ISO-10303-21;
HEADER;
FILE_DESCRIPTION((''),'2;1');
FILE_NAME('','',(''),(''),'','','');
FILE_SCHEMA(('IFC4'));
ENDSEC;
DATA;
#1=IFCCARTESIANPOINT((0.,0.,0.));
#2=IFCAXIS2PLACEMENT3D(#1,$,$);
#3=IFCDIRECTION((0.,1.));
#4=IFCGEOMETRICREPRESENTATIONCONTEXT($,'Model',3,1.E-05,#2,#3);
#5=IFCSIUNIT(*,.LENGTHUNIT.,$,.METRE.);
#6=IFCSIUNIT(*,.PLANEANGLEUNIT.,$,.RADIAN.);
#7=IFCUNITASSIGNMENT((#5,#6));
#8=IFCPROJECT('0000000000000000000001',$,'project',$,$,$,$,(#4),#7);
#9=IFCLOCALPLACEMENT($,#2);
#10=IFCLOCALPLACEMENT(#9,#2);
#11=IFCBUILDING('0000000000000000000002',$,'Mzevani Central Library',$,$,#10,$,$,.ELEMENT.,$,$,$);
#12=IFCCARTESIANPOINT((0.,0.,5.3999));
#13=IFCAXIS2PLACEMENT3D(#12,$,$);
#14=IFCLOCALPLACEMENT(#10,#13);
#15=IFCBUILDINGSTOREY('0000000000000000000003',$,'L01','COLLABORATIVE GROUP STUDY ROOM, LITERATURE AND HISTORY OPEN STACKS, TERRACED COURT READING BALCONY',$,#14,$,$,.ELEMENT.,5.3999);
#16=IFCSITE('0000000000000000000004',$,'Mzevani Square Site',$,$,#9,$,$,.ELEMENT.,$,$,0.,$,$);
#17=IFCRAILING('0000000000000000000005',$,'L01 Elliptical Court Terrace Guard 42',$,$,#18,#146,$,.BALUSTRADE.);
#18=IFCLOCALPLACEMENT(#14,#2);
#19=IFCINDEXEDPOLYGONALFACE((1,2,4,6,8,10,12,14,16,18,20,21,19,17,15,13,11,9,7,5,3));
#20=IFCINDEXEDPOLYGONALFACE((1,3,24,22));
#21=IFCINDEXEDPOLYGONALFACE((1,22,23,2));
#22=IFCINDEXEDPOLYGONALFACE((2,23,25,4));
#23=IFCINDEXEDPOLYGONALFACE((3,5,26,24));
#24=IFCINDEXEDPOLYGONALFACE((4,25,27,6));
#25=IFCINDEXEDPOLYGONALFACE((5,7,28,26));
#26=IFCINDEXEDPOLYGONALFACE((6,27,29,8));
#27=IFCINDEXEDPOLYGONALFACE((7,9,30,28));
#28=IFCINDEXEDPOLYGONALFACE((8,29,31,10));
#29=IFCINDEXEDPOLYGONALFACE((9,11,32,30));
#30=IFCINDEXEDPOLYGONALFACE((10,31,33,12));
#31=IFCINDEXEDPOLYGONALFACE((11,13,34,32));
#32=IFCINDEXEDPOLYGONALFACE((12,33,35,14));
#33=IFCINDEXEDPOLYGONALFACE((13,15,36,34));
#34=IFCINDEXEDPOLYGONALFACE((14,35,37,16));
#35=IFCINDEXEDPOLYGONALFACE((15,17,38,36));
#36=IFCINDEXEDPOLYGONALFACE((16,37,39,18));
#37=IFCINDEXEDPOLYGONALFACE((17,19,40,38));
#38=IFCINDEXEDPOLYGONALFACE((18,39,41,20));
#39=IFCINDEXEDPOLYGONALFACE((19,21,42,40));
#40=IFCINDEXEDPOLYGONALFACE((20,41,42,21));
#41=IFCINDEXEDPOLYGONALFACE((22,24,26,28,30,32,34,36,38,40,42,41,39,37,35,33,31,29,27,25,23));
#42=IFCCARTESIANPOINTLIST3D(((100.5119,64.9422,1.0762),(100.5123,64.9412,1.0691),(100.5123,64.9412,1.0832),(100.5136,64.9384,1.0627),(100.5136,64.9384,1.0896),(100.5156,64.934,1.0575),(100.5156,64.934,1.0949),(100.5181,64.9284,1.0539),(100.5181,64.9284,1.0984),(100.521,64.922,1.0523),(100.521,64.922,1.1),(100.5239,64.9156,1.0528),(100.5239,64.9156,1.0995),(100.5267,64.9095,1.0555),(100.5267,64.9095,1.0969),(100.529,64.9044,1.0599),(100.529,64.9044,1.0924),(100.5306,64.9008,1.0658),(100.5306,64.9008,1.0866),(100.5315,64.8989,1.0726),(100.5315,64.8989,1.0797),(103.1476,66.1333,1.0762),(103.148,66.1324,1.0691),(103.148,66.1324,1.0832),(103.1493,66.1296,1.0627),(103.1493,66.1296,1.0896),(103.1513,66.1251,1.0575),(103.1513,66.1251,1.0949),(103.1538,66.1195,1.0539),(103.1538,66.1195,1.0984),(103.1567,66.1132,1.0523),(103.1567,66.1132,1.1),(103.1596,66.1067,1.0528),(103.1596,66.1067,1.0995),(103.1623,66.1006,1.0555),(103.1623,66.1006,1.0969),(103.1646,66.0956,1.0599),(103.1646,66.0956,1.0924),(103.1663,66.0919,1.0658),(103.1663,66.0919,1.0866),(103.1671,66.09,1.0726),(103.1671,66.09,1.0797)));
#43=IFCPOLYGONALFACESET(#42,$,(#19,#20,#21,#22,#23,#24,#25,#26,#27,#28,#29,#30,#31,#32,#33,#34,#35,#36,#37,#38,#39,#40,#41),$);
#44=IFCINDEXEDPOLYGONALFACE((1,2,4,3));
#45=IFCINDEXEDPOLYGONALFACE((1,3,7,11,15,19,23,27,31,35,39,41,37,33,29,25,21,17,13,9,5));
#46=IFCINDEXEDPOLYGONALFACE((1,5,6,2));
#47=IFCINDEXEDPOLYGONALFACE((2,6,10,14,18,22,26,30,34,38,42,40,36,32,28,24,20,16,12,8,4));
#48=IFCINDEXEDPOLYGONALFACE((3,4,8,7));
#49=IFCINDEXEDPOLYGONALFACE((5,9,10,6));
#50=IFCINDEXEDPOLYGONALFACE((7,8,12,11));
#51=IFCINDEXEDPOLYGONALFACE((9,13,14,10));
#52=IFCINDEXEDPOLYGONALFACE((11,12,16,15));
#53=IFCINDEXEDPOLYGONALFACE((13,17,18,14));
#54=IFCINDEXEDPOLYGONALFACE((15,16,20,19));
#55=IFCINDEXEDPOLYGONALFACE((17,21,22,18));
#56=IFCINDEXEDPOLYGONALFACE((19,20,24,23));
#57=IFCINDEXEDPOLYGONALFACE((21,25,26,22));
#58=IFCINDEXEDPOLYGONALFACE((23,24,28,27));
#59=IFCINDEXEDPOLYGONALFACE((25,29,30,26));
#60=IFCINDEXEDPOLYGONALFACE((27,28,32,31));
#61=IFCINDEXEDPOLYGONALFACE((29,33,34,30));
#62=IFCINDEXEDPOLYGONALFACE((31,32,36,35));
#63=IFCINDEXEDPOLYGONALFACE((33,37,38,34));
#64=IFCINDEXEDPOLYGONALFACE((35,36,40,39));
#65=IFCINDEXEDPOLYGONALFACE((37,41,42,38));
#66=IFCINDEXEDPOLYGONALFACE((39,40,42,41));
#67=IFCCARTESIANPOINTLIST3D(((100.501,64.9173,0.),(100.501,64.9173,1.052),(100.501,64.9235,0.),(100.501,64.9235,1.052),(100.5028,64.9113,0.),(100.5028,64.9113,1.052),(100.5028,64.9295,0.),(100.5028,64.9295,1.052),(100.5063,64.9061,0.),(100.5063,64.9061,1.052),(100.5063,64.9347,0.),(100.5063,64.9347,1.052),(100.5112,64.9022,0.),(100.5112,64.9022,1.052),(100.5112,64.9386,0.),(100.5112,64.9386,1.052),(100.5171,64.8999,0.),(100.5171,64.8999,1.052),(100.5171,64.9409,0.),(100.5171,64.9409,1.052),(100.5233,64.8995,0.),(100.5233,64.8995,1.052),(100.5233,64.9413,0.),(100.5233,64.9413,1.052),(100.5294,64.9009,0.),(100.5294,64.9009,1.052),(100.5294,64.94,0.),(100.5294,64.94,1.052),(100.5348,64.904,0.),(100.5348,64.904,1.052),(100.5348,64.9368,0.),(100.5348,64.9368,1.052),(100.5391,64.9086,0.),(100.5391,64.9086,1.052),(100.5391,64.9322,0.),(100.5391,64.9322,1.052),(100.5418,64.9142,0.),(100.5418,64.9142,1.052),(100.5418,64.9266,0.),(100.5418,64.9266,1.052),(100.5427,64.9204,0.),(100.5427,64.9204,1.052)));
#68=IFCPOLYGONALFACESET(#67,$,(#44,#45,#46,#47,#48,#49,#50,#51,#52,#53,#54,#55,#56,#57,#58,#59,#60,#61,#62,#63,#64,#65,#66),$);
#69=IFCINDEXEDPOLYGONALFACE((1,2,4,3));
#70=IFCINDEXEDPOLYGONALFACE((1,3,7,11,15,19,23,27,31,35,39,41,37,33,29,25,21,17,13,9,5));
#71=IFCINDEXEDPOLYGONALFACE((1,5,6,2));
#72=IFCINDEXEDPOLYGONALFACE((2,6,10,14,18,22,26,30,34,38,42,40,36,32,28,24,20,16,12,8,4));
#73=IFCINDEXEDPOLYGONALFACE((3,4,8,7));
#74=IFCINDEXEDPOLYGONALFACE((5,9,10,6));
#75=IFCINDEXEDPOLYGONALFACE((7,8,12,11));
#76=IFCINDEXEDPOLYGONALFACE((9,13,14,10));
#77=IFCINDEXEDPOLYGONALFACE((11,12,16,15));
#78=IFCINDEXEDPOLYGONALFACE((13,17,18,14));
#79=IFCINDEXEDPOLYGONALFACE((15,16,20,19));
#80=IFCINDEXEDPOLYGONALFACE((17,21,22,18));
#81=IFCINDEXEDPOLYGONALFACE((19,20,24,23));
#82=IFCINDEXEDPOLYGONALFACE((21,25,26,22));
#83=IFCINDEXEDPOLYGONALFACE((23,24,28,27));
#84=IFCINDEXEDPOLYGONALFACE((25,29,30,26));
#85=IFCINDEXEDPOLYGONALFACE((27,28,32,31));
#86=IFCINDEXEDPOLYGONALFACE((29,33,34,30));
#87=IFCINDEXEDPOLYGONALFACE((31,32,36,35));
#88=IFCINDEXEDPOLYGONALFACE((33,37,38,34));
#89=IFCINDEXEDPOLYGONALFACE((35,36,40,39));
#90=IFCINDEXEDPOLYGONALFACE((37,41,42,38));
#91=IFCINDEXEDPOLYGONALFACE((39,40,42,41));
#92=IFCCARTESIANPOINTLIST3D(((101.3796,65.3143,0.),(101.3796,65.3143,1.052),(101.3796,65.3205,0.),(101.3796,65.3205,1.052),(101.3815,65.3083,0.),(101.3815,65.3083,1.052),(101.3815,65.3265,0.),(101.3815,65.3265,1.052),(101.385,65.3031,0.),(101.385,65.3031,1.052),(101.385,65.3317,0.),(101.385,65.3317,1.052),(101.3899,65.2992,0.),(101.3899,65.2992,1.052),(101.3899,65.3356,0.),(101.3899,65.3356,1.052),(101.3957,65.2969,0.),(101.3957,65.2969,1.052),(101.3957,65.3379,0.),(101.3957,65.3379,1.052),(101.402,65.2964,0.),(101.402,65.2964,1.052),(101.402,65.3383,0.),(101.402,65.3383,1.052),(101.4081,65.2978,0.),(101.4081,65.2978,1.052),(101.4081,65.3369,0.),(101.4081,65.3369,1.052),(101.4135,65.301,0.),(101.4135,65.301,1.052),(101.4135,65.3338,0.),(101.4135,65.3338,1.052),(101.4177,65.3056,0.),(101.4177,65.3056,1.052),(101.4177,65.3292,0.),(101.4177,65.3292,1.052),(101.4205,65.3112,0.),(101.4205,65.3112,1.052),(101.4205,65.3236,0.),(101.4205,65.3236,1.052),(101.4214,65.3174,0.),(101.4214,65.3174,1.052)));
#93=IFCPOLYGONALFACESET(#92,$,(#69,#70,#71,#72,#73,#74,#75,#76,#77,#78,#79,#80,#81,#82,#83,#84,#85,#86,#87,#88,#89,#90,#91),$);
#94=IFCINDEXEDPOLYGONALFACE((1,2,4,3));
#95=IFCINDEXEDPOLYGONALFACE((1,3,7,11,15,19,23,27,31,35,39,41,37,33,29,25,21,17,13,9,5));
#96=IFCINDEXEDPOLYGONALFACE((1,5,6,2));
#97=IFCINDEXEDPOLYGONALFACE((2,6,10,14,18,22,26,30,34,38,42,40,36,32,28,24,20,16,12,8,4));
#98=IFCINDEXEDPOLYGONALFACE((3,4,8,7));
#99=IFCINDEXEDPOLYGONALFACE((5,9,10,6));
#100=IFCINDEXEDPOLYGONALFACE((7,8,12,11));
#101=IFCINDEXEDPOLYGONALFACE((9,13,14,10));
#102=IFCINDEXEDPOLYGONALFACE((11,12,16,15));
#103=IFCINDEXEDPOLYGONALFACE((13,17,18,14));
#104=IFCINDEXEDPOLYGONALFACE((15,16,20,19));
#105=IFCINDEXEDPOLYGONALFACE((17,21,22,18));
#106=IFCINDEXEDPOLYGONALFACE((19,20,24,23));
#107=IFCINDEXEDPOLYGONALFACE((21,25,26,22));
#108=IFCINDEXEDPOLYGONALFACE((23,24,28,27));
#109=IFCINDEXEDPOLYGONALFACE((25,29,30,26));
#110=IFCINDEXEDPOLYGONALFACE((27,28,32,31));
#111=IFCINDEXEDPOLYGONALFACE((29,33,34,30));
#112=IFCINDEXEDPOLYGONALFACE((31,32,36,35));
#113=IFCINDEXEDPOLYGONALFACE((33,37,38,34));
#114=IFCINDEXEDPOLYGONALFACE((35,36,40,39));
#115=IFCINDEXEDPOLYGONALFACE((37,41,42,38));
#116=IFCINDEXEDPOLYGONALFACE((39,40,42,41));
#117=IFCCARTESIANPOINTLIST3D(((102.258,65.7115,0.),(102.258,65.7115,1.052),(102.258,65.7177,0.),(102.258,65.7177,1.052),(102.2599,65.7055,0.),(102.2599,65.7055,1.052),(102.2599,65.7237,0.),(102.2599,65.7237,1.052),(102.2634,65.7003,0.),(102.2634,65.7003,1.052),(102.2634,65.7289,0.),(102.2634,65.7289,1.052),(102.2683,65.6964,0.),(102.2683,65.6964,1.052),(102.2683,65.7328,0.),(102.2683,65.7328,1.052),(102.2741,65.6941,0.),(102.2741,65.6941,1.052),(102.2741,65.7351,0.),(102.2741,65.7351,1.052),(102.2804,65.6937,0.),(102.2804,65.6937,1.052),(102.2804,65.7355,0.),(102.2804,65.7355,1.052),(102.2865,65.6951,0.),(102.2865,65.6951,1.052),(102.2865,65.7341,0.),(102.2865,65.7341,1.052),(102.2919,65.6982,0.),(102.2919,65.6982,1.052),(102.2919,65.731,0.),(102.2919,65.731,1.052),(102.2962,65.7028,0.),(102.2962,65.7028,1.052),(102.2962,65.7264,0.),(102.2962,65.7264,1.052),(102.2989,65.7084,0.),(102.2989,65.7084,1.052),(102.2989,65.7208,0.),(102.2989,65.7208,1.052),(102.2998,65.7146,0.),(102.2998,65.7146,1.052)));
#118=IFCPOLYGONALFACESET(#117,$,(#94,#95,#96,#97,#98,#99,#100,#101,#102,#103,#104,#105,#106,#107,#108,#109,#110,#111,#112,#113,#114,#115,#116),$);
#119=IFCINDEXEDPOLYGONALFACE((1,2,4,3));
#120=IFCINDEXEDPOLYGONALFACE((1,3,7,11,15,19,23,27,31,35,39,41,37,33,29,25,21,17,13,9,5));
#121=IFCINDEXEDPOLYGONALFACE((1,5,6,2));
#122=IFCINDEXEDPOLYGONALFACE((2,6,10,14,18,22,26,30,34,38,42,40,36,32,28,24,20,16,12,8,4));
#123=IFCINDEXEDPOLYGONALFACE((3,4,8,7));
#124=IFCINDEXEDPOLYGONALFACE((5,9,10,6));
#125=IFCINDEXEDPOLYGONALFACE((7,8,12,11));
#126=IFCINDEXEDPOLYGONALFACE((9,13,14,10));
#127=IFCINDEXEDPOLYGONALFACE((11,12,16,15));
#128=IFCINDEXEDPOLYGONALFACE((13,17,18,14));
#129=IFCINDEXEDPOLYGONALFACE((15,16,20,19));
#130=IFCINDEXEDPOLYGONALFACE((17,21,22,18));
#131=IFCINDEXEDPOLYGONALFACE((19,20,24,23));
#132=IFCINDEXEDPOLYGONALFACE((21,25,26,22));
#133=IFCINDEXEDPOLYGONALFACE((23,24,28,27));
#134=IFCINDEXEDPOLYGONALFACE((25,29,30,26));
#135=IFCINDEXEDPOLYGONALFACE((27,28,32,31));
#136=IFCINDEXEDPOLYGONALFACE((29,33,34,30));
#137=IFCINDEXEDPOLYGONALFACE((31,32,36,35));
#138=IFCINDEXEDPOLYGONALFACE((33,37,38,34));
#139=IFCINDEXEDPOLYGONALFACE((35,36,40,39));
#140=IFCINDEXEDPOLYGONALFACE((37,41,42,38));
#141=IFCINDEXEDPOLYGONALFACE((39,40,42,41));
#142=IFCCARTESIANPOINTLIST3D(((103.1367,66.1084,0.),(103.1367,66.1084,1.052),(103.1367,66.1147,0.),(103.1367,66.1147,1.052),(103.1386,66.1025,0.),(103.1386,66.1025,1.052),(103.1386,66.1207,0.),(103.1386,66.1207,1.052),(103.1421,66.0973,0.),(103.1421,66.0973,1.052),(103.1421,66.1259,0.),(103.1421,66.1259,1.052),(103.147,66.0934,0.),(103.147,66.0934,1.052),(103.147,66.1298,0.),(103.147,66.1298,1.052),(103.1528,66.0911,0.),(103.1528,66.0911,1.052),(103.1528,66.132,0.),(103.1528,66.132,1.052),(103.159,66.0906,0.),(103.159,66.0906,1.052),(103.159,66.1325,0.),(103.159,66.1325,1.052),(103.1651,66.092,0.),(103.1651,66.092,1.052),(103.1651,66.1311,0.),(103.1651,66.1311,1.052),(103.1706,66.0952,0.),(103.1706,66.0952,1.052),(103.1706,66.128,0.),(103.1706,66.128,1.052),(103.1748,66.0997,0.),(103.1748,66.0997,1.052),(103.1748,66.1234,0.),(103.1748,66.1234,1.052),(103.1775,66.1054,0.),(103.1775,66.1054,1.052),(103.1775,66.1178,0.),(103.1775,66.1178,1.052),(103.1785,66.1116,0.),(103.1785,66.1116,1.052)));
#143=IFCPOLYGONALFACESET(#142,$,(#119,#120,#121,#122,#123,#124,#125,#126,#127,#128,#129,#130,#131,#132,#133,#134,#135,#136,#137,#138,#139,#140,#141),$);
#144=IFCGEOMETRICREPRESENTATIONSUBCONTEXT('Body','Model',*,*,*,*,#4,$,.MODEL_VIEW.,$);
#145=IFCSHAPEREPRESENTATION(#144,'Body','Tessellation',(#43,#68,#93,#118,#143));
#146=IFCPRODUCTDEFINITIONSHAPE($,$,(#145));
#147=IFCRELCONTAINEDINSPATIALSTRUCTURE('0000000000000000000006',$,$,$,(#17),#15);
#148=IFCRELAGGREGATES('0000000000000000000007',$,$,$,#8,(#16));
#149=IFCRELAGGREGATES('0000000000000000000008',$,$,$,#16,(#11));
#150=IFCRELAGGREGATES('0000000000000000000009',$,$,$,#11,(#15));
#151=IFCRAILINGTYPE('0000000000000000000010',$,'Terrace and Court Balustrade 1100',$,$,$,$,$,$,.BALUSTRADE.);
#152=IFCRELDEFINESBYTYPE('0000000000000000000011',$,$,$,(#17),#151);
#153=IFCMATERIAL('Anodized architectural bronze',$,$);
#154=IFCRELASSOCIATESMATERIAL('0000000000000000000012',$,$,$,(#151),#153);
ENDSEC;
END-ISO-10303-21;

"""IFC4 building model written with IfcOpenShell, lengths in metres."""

from ifc_helpers import new_model, si_unit, direction, frame, origin, origin_2d, place, context, subcontext, project, spatial, circle, extrude, material, type_object, element, save


model = new_model("IFC4")

# Units and contexts
model_context = context("Model", 3, precision=1e-05, world=origin(), true_north=direction((0.0, 1.0)))
body_context = subcontext(model_context, "Body", "Model", "MODEL_VIEW")
ifc_project = project(units=[si_unit("LENGTHUNIT", "METRE"), si_unit("PLANEANGLEUNIT", "RADIAN")], contexts=[model_context])

# Site, building, storey
site_placement = place(None, origin())
site = spatial("IfcSite", under=ifc_project, at=site_placement, Name="Mzevani Square Site", CompositionType="ELEMENT", RefElevation=0.0)
building_placement = place(site_placement, origin())
building = spatial("IfcBuilding", under=site, at=building_placement, Name="Mzevani Central Library", CompositionType="ELEMENT")
storey_placement = place(building_placement, frame((0.0, 0.0, 5.3999)))
storey = spatial("IfcBuildingStorey", under=building, at=storey_placement, Name="L01", Description="COLLABORATIVE GROUP STUDY ROOM, LITERATURE AND HISTORY OPEN STACKS, TERRACED COURT READING BALCONY", CompositionType="ELEMENT", Elevation=5.3999)

# Railing
ifc_material_1 = material(Name="Anodized architectural bronze")
railing_type = type_object("IfcRailingType", Name="Terrace and Court Balustrade 1100", PredefinedType="BALUSTRADE", material=ifc_material_1)
railing_1_placement = place(storey_placement, frame((100.5217, 64.9204, 0.0)))
element("IfcRailing", 1, at=railing_1_placement, inside=storey, type_object=railing_type, Name="L01 Elliptical Court Terrace Guard 42", PredefinedType="BALUSTRADE", context=body_context, shape_type="SweptSolid", body=[
    extrude(circle(Radius=0.0239, at=origin_2d()), frame((0.0, 0.0, 1.0762), z_axis=(0.911263, 0.411824, 0.0), x_axis=(-0.411824, 0.911263, 0.0)), (0.0, 0.0, 1.0), 2.8923),
    extrude(circle(Radius=0.021, at=origin_2d()), origin(), (0.0, 0.0, 1.0), 1.052),
    extrude(circle(Radius=0.021, at=origin_2d()), frame((0.8787, 0.397, 0.0)), (0.0, 0.0, 1.0), 1.052),
    extrude(circle(Radius=0.021, at=origin_2d()), frame((1.7571, 0.7942, 0.0)), (0.0, 0.0, 1.0), 1.052),
    extrude(circle(Radius=0.021, at=origin_2d()), frame((2.6357, 1.1912, 0.0)), (0.0, 0.0, 1.0), 1.052),
])

save(model, "model.ifc")
